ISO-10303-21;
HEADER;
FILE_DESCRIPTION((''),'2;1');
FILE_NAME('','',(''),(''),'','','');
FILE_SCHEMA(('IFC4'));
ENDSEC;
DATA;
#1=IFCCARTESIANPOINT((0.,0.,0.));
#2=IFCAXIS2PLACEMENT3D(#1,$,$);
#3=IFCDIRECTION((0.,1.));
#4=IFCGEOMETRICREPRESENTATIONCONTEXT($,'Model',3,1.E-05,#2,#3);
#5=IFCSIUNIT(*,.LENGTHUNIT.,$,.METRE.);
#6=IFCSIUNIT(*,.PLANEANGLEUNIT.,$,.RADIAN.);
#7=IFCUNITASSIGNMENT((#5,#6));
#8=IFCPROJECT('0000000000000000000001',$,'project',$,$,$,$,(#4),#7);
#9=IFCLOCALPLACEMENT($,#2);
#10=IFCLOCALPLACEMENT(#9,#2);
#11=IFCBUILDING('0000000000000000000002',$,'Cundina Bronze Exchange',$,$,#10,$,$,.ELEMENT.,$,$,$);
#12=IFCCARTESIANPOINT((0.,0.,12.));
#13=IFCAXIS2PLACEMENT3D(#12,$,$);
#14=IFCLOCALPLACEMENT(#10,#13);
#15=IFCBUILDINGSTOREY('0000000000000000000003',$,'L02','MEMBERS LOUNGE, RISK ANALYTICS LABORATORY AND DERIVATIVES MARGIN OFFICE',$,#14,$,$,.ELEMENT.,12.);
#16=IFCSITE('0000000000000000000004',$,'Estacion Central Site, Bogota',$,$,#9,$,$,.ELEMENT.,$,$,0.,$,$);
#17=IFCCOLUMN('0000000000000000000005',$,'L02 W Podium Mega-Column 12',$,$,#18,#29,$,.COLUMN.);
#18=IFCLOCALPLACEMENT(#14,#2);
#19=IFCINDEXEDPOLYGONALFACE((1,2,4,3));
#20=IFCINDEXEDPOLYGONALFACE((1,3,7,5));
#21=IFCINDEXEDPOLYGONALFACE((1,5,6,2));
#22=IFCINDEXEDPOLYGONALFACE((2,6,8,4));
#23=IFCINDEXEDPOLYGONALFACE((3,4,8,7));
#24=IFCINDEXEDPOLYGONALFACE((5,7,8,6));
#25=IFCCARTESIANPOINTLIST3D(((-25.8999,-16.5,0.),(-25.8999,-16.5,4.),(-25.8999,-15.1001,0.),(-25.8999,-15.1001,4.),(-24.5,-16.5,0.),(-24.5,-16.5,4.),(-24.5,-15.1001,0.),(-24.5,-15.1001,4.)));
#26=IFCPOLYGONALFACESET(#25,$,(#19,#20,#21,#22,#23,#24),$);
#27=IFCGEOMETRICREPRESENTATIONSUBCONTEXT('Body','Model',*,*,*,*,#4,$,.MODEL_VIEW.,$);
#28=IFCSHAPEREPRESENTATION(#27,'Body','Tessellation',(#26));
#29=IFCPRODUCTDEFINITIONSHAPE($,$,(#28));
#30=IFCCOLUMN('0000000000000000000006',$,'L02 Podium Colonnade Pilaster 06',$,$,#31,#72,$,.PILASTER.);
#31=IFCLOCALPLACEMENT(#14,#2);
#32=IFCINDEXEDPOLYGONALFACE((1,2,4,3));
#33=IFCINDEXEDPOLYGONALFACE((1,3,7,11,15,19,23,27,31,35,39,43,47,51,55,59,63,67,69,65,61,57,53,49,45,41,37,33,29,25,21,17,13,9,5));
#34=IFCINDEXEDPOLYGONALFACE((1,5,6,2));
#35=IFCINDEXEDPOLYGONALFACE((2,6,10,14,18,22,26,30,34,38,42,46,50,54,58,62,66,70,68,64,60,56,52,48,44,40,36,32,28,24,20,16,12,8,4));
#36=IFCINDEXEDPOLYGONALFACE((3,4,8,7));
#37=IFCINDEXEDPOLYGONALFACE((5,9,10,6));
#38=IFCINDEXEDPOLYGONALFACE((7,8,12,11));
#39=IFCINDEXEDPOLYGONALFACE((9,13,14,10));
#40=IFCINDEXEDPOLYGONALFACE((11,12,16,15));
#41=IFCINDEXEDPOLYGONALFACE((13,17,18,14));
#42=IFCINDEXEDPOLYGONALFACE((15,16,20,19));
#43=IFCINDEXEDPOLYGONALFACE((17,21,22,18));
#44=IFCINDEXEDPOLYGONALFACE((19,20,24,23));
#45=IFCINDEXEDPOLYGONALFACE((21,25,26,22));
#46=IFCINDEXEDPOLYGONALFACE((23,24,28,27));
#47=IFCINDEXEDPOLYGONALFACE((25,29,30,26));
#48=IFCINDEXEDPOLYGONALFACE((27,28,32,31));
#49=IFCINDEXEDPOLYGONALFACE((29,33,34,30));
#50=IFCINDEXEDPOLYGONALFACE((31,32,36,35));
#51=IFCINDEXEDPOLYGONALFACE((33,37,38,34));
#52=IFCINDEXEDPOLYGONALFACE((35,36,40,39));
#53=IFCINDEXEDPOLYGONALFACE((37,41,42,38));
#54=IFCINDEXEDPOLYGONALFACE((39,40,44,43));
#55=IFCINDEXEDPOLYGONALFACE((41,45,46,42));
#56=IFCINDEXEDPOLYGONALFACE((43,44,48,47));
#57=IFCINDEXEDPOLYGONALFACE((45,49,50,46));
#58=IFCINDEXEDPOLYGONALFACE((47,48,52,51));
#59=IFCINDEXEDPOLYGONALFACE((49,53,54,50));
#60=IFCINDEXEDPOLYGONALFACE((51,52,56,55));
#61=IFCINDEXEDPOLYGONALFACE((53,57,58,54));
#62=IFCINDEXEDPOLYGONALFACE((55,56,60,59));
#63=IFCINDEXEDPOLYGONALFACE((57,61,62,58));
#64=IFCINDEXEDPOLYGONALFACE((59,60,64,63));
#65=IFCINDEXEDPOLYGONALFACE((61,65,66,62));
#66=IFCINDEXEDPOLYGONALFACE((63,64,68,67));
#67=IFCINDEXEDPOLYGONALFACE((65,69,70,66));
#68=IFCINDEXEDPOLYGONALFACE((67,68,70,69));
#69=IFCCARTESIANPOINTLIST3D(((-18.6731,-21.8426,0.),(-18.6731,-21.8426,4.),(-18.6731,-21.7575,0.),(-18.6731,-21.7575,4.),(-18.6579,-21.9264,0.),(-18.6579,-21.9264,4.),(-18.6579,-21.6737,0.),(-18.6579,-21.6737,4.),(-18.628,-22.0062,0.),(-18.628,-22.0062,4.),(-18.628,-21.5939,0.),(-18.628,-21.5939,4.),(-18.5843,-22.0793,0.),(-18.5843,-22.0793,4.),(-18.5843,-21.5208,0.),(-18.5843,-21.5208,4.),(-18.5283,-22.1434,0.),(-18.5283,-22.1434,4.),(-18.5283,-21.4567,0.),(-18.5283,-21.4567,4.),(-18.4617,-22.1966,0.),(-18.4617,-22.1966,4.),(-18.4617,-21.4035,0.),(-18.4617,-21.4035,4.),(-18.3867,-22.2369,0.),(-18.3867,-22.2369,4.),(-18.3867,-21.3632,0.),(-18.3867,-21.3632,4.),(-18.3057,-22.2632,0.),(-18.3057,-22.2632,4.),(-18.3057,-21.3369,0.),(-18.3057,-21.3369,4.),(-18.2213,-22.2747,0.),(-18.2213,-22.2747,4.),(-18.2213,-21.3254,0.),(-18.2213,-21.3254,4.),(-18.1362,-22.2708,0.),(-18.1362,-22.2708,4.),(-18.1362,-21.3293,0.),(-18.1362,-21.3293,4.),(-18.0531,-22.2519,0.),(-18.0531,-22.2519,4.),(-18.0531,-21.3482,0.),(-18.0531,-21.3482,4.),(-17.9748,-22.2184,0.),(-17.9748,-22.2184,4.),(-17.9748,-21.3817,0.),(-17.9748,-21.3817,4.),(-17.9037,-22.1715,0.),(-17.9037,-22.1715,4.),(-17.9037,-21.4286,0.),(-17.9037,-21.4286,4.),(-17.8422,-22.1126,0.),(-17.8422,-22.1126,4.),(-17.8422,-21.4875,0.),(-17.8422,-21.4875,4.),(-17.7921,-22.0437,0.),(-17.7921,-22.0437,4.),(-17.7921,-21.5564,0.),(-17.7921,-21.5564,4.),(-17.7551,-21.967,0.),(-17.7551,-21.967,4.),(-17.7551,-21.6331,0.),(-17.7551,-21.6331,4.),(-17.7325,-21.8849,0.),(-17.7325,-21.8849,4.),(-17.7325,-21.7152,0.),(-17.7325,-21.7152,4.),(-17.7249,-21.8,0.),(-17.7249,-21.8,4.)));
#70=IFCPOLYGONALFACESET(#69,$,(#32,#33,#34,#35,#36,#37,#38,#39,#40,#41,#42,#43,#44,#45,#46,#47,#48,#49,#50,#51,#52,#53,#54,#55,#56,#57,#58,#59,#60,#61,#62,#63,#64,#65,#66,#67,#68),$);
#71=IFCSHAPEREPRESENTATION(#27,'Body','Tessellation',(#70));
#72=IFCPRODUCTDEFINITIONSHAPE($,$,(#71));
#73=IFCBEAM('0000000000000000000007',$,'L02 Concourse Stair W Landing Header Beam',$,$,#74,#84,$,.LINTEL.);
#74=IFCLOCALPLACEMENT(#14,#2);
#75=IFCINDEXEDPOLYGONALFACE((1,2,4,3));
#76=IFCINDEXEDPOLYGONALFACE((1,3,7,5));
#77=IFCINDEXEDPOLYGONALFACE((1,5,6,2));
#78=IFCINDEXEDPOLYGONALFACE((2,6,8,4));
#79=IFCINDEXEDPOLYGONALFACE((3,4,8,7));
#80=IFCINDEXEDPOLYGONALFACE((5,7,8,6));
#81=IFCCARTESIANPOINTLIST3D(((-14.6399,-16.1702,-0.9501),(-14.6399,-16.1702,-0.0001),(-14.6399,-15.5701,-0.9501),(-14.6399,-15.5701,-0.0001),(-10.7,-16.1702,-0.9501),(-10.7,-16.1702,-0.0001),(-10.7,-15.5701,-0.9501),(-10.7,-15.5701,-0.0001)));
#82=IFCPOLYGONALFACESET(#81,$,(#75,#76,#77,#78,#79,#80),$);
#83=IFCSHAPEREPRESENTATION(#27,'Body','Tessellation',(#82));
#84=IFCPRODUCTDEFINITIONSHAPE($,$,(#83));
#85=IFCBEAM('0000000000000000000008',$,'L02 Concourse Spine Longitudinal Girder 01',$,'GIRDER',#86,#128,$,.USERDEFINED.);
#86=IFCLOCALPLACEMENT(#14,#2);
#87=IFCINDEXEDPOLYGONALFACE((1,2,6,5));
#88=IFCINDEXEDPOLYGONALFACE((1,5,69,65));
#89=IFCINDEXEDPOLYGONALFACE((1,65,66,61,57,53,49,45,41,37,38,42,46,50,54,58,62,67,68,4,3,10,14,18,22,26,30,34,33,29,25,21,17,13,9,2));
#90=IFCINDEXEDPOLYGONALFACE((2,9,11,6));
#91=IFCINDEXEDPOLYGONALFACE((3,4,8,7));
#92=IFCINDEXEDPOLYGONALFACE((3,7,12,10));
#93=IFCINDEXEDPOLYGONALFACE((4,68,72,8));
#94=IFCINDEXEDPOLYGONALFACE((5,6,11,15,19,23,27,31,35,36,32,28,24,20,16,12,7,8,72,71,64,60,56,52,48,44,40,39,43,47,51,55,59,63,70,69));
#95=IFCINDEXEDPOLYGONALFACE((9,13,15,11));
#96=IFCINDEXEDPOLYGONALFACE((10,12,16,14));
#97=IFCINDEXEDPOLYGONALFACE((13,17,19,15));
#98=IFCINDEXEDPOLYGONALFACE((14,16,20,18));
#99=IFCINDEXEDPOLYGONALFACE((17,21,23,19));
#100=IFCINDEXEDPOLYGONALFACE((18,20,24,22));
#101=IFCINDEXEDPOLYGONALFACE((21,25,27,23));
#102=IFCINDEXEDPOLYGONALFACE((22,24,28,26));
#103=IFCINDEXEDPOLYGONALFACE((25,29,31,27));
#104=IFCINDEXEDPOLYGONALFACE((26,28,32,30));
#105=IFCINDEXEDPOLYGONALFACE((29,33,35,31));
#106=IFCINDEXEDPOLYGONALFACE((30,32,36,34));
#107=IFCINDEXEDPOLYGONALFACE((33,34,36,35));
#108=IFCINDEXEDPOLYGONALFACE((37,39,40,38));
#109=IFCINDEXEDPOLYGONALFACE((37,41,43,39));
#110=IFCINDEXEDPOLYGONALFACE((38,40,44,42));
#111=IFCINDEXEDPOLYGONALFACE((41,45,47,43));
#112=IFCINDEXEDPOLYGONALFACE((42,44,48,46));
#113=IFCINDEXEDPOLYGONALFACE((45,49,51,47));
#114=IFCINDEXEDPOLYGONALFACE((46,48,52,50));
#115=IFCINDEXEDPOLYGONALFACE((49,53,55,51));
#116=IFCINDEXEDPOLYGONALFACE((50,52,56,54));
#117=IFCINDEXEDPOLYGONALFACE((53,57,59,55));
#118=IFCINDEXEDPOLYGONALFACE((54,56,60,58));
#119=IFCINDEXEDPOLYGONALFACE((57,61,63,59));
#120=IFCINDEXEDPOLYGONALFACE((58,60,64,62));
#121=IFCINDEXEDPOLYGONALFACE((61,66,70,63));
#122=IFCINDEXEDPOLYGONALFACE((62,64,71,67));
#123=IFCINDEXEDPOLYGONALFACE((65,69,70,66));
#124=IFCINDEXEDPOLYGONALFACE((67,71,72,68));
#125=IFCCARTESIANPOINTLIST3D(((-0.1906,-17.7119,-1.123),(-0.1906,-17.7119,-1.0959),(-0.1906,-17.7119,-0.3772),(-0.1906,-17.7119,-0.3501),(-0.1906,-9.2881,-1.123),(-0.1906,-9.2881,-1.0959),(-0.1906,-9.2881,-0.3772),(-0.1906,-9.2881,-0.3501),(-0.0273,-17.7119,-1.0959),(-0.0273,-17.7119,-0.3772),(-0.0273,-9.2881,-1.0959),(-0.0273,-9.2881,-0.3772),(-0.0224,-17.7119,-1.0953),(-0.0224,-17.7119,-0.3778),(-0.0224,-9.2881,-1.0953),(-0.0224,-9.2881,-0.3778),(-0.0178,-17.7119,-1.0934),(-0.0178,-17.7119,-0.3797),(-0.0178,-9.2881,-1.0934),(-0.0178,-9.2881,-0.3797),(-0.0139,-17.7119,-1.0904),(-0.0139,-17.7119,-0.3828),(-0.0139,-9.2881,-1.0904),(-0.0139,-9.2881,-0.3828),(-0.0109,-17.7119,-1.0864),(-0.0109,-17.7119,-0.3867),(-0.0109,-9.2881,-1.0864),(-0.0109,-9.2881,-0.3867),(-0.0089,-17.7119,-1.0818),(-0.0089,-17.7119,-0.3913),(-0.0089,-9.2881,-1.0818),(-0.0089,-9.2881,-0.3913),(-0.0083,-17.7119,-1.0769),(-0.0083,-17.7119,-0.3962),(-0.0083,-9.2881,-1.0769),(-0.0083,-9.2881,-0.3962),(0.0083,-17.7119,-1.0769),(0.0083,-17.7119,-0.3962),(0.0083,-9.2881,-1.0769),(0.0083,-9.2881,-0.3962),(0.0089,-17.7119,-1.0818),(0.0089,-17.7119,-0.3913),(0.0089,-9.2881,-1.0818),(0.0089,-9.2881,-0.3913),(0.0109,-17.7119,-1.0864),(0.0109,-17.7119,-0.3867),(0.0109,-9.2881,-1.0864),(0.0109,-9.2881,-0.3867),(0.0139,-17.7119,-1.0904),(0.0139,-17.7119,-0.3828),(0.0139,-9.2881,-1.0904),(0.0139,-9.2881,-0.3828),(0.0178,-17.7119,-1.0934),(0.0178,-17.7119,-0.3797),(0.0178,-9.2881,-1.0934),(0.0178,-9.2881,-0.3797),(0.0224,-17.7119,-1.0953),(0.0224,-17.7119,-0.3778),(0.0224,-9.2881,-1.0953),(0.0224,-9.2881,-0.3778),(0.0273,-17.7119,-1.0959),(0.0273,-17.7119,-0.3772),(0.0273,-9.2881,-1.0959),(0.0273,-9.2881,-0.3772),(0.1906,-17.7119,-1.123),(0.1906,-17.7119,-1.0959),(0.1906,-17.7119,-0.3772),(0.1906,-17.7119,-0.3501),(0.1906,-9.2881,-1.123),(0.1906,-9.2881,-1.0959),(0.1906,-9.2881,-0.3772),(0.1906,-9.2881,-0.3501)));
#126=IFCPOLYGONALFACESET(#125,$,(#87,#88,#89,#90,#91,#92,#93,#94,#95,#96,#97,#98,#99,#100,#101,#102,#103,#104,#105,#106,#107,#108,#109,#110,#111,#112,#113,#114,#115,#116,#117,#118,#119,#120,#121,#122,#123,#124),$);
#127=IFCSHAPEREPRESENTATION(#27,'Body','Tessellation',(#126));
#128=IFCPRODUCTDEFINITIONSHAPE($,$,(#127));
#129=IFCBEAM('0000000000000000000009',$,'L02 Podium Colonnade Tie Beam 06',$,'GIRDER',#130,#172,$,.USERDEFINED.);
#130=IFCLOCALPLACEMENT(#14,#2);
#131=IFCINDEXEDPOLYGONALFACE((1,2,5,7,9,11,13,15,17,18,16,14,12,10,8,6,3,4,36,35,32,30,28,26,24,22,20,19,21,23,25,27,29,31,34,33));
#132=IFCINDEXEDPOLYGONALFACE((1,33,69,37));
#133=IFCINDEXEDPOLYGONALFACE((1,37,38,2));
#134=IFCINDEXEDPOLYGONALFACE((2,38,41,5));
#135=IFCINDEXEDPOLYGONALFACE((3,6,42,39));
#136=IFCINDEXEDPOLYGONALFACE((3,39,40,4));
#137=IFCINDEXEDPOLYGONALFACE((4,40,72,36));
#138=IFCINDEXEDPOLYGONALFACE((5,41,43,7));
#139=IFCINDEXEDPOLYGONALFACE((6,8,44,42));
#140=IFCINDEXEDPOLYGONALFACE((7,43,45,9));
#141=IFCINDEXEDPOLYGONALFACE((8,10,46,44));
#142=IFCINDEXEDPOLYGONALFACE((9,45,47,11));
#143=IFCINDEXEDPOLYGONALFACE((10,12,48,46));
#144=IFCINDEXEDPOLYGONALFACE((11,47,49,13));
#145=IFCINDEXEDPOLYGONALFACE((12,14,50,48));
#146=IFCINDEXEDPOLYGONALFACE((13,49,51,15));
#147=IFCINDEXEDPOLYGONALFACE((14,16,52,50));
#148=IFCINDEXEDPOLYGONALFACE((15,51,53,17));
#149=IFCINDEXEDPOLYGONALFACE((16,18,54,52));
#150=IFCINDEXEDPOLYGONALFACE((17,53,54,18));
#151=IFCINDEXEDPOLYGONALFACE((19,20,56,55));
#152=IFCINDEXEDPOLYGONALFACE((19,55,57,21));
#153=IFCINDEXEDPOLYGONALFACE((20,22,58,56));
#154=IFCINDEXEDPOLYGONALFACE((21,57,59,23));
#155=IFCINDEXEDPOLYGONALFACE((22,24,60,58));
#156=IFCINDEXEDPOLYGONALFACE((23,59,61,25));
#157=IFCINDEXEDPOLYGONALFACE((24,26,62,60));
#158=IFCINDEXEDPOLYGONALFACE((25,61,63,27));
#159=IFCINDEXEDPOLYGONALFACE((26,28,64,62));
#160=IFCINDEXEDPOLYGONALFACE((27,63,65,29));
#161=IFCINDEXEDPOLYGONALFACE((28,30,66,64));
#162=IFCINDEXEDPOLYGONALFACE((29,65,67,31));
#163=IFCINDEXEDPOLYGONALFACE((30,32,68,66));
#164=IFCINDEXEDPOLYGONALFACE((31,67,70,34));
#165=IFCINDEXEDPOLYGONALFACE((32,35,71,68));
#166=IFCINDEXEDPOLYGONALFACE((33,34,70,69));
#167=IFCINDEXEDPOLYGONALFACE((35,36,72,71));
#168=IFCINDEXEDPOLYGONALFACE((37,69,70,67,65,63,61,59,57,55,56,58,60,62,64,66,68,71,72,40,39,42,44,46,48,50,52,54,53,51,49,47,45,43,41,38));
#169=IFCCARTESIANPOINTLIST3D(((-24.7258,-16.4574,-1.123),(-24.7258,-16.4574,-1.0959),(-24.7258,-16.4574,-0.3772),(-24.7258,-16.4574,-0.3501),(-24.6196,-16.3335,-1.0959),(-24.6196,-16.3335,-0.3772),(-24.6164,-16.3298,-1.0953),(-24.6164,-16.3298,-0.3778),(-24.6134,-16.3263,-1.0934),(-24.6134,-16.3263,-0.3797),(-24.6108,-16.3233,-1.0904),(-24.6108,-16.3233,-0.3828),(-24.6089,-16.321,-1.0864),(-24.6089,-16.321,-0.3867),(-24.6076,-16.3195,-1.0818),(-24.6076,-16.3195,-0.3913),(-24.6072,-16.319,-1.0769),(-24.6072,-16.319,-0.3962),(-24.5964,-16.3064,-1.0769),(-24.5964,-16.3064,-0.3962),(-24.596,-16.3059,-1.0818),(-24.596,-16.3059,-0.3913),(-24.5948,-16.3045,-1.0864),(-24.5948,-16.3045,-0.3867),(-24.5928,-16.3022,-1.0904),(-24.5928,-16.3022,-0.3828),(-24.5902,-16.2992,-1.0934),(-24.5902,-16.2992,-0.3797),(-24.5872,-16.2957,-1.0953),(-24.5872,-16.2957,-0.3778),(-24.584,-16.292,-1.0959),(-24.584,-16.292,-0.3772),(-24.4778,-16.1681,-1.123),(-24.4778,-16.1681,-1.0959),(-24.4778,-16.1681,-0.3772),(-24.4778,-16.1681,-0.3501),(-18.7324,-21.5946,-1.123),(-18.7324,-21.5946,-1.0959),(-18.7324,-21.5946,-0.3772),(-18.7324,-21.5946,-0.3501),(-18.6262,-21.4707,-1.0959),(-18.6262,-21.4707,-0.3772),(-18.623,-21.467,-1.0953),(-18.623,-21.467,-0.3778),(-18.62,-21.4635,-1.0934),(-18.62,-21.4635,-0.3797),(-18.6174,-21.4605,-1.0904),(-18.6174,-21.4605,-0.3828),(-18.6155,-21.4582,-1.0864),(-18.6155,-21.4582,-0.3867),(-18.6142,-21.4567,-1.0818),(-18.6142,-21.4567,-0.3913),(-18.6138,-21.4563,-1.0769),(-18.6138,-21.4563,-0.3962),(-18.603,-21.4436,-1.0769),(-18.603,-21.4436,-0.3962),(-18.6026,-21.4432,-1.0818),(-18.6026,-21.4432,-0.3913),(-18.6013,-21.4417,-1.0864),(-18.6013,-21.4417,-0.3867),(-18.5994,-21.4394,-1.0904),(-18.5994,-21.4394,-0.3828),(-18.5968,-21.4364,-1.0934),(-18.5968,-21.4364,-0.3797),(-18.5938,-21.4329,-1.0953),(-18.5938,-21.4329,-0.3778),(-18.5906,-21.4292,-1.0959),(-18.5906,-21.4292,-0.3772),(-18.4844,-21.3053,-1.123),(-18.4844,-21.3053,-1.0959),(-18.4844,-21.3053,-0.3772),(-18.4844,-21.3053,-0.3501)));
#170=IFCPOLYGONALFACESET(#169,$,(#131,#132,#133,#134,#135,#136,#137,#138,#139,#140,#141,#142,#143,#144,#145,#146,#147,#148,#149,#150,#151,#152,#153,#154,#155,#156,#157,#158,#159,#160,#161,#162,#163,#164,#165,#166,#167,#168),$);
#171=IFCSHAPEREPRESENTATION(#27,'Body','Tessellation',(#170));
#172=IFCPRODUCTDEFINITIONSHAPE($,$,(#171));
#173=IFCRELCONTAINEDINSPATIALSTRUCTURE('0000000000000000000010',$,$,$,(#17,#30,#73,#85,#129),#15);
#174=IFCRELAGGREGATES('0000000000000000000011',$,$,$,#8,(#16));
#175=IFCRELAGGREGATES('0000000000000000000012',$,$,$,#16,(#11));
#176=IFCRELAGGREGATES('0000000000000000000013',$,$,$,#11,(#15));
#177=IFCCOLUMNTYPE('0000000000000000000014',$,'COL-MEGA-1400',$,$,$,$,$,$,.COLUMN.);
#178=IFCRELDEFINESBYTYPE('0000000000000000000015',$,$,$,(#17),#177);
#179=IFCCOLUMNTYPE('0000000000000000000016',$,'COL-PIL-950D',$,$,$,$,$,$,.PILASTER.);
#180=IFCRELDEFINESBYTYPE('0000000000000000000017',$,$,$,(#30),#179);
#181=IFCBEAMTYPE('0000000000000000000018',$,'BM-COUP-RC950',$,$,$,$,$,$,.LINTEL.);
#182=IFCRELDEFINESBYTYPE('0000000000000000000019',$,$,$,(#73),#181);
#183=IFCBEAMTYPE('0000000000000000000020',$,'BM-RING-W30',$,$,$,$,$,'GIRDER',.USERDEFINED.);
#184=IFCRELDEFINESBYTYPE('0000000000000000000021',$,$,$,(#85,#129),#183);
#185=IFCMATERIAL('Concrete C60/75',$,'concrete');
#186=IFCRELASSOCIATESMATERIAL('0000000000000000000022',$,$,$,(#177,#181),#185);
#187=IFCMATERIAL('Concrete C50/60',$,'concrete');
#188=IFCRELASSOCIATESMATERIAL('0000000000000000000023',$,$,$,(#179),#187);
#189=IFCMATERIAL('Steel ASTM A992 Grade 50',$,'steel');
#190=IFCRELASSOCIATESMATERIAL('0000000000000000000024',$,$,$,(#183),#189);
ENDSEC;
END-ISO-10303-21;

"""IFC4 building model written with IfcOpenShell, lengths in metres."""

from ifc_helpers import new_model, si_unit, direction, frame, origin, origin_2d, place, context, subcontext, project, spatial, rectangle, circle, i_section, extrude, material, material_profile, profile_set, type_object, element, save


model = new_model("IFC4")

# Units and contexts
model_context = context("Model", 3, precision=1e-05, world=origin(), true_north=direction((0.0, 1.0)))
body_context = subcontext(model_context, "Body", "Model", "MODEL_VIEW")
ifc_project = project(units=[si_unit("LENGTHUNIT", "METRE"), si_unit("PLANEANGLEUNIT", "RADIAN")], contexts=[model_context])

# Site, building, storey
site_placement = place(None, origin())
site = spatial("IfcSite", under=ifc_project, at=site_placement, Name="Estacion Central Site, Bogota", CompositionType="ELEMENT", RefElevation=0.0)
building_placement = place(site_placement, origin())
building = spatial("IfcBuilding", under=site, at=building_placement, Name="Cundina Bronze Exchange", CompositionType="ELEMENT")
storey_placement = place(building_placement, frame((0.0, 0.0, 12.0)))
storey = spatial("IfcBuildingStorey", under=building, at=storey_placement, Name="L02", Description="MEMBERS LOUNGE, RISK ANALYTICS LABORATORY AND DERIVATIVES MARGIN OFFICE", CompositionType="ELEMENT", Elevation=12.0)

# Columns
ifc_material_1 = material(Name="Concrete C60/75", Category="concrete")
ifc_material_profile_1 = material_profile(ifc_material_1, rectangle(XDim=1.3999, YDim=1.3999, at=origin_2d()), Name="RC1400X1400", Category="concrete")
ifc_profile_set_1 = profile_set([ifc_material_profile_1], Name="Concrete C60/75")
column_type_1 = type_object("IfcColumnType", Name="COL-MEGA-1400", PredefinedType="COLUMN", material=ifc_profile_set_1)
column_1_placement = place(storey_placement, frame((-25.2, -15.8, 0.0), z_axis=(0.0, 0.0, 1.0), x_axis=(1.0, 0.0, 0.0)))
element("IfcColumn", 1, at=column_1_placement, inside=storey, type_object=column_type_1, Name="L02 W Podium Mega-Column 12", PredefinedType="COLUMN", context=body_context, shape_type="SweptSolid", body=[
    extrude(rectangle(XDim=1.3999, YDim=1.3999, at=origin_2d()), origin(), (0.0, 0.0, 1.0), 4.0),
])
ifc_material_2 = material(Name="Concrete C50/60", Category="concrete")
ifc_material_profile_2 = material_profile(ifc_material_2, circle(Radius=0.4751, at=origin_2d()), Name="RC950D", Category="concrete")
ifc_profile_set_2 = profile_set([ifc_material_profile_2], Name="Concrete C50/60")
column_type_2 = type_object("IfcColumnType", Name="COL-PIL-950D", PredefinedType="PILASTER", material=ifc_profile_set_2)
column_2_placement = place(storey_placement, frame((-18.2, -21.8, 0.0), z_axis=(0.0, 0.0, 1.0), x_axis=(1.0, 0.0, 0.0)))
element("IfcColumn", 2, at=column_2_placement, inside=storey, type_object=column_type_2, Name="L02 Podium Colonnade Pilaster 06", PredefinedType="PILASTER", context=body_context, shape_type="SweptSolid", body=[
    extrude(circle(Radius=0.4751, at=origin_2d()), origin(), (0.0, 0.0, 1.0), 4.0),
])

# Beams
ifc_material_profile_3 = material_profile(ifc_material_1, rectangle(XDim=0.6001, YDim=0.95, at=origin_2d()), Name="RC600X950", Category="concrete")
ifc_profile_set_3 = profile_set([ifc_material_profile_3], Name="Concrete C60/75")
beam_type_1 = type_object("IfcBeamType", Name="BM-COUP-RC950", PredefinedType="LINTEL", material=ifc_profile_set_3)
beam_1_placement = place(storey_placement, frame((-14.6399, -15.8701, -0.4751), z_axis=(1.0, 0.0, 0.0), x_axis=(0.0, 1.0, 0.0)))
element("IfcBeam", 3, at=beam_1_placement, inside=storey, type_object=beam_type_1, Name="L02 Concourse Stair W Landing Header Beam", PredefinedType="LINTEL", context=body_context, shape_type="SweptSolid", body=[
    extrude(rectangle(XDim=0.6001, YDim=0.95, at=origin_2d()), origin(), (0.0, 0.0, 1.0), 3.9399),
])
ifc_material_3 = material(Name="Steel ASTM A992 Grade 50", Category="steel")
ifc_material_profile_4 = material_profile(ifc_material_3, i_section(OverallWidth=0.3811, OverallDepth=0.7729, WebThickness=0.0166, FlangeThickness=0.0271, FilletRadius=0.019, at=origin_2d()), Name="W30X173", Category="steel")
ifc_profile_set_4 = profile_set([ifc_material_profile_4], Name="Steel ASTM A992 Grade 50")
beam_type_2 = type_object("IfcBeamType", Name="BM-RING-W30", ElementType="GIRDER", PredefinedType="USERDEFINED", material=ifc_profile_set_4)
beam_2_placement = place(storey_placement, frame((0.0, -17.7119, -0.7366), z_axis=(0.0, 1.0, 0.0), x_axis=(-1.0, 0.0, 0.0)))
element("IfcBeam", 4, at=beam_2_placement, inside=storey, type_object=beam_type_2, Name="L02 Concourse Spine Longitudinal Girder 01", ObjectType="GIRDER", PredefinedType="USERDEFINED", context=body_context, shape_type="SweptSolid", body=[
    extrude(i_section(OverallWidth=0.3811, OverallDepth=0.7729, WebThickness=0.0166, FlangeThickness=0.0271, FilletRadius=0.019, at=origin_2d()), origin(), (0.0, 0.0, 1.0), 8.4238),
])
beam_3_placement = place(storey_placement, frame((-18.6084, -21.45, -0.7366), z_axis=(-0.759257, 0.650791, 0.0), x_axis=(-0.650791, -0.759257, 0.0)))
element("IfcBeam", 5, at=beam_3_placement, inside=storey, type_object=beam_type_2, Name="L02 Podium Colonnade Tie Beam 06", ObjectType="GIRDER", PredefinedType="USERDEFINED", context=body_context, shape_type="SweptSolid", body=[
    extrude(i_section(OverallWidth=0.3811, OverallDepth=0.7729, WebThickness=0.0166, FlangeThickness=0.0271, FilletRadius=0.019, at=origin_2d()), origin(), (0.0, 0.0, 1.0), 7.8938),
])

save(model, "model.ifc")
